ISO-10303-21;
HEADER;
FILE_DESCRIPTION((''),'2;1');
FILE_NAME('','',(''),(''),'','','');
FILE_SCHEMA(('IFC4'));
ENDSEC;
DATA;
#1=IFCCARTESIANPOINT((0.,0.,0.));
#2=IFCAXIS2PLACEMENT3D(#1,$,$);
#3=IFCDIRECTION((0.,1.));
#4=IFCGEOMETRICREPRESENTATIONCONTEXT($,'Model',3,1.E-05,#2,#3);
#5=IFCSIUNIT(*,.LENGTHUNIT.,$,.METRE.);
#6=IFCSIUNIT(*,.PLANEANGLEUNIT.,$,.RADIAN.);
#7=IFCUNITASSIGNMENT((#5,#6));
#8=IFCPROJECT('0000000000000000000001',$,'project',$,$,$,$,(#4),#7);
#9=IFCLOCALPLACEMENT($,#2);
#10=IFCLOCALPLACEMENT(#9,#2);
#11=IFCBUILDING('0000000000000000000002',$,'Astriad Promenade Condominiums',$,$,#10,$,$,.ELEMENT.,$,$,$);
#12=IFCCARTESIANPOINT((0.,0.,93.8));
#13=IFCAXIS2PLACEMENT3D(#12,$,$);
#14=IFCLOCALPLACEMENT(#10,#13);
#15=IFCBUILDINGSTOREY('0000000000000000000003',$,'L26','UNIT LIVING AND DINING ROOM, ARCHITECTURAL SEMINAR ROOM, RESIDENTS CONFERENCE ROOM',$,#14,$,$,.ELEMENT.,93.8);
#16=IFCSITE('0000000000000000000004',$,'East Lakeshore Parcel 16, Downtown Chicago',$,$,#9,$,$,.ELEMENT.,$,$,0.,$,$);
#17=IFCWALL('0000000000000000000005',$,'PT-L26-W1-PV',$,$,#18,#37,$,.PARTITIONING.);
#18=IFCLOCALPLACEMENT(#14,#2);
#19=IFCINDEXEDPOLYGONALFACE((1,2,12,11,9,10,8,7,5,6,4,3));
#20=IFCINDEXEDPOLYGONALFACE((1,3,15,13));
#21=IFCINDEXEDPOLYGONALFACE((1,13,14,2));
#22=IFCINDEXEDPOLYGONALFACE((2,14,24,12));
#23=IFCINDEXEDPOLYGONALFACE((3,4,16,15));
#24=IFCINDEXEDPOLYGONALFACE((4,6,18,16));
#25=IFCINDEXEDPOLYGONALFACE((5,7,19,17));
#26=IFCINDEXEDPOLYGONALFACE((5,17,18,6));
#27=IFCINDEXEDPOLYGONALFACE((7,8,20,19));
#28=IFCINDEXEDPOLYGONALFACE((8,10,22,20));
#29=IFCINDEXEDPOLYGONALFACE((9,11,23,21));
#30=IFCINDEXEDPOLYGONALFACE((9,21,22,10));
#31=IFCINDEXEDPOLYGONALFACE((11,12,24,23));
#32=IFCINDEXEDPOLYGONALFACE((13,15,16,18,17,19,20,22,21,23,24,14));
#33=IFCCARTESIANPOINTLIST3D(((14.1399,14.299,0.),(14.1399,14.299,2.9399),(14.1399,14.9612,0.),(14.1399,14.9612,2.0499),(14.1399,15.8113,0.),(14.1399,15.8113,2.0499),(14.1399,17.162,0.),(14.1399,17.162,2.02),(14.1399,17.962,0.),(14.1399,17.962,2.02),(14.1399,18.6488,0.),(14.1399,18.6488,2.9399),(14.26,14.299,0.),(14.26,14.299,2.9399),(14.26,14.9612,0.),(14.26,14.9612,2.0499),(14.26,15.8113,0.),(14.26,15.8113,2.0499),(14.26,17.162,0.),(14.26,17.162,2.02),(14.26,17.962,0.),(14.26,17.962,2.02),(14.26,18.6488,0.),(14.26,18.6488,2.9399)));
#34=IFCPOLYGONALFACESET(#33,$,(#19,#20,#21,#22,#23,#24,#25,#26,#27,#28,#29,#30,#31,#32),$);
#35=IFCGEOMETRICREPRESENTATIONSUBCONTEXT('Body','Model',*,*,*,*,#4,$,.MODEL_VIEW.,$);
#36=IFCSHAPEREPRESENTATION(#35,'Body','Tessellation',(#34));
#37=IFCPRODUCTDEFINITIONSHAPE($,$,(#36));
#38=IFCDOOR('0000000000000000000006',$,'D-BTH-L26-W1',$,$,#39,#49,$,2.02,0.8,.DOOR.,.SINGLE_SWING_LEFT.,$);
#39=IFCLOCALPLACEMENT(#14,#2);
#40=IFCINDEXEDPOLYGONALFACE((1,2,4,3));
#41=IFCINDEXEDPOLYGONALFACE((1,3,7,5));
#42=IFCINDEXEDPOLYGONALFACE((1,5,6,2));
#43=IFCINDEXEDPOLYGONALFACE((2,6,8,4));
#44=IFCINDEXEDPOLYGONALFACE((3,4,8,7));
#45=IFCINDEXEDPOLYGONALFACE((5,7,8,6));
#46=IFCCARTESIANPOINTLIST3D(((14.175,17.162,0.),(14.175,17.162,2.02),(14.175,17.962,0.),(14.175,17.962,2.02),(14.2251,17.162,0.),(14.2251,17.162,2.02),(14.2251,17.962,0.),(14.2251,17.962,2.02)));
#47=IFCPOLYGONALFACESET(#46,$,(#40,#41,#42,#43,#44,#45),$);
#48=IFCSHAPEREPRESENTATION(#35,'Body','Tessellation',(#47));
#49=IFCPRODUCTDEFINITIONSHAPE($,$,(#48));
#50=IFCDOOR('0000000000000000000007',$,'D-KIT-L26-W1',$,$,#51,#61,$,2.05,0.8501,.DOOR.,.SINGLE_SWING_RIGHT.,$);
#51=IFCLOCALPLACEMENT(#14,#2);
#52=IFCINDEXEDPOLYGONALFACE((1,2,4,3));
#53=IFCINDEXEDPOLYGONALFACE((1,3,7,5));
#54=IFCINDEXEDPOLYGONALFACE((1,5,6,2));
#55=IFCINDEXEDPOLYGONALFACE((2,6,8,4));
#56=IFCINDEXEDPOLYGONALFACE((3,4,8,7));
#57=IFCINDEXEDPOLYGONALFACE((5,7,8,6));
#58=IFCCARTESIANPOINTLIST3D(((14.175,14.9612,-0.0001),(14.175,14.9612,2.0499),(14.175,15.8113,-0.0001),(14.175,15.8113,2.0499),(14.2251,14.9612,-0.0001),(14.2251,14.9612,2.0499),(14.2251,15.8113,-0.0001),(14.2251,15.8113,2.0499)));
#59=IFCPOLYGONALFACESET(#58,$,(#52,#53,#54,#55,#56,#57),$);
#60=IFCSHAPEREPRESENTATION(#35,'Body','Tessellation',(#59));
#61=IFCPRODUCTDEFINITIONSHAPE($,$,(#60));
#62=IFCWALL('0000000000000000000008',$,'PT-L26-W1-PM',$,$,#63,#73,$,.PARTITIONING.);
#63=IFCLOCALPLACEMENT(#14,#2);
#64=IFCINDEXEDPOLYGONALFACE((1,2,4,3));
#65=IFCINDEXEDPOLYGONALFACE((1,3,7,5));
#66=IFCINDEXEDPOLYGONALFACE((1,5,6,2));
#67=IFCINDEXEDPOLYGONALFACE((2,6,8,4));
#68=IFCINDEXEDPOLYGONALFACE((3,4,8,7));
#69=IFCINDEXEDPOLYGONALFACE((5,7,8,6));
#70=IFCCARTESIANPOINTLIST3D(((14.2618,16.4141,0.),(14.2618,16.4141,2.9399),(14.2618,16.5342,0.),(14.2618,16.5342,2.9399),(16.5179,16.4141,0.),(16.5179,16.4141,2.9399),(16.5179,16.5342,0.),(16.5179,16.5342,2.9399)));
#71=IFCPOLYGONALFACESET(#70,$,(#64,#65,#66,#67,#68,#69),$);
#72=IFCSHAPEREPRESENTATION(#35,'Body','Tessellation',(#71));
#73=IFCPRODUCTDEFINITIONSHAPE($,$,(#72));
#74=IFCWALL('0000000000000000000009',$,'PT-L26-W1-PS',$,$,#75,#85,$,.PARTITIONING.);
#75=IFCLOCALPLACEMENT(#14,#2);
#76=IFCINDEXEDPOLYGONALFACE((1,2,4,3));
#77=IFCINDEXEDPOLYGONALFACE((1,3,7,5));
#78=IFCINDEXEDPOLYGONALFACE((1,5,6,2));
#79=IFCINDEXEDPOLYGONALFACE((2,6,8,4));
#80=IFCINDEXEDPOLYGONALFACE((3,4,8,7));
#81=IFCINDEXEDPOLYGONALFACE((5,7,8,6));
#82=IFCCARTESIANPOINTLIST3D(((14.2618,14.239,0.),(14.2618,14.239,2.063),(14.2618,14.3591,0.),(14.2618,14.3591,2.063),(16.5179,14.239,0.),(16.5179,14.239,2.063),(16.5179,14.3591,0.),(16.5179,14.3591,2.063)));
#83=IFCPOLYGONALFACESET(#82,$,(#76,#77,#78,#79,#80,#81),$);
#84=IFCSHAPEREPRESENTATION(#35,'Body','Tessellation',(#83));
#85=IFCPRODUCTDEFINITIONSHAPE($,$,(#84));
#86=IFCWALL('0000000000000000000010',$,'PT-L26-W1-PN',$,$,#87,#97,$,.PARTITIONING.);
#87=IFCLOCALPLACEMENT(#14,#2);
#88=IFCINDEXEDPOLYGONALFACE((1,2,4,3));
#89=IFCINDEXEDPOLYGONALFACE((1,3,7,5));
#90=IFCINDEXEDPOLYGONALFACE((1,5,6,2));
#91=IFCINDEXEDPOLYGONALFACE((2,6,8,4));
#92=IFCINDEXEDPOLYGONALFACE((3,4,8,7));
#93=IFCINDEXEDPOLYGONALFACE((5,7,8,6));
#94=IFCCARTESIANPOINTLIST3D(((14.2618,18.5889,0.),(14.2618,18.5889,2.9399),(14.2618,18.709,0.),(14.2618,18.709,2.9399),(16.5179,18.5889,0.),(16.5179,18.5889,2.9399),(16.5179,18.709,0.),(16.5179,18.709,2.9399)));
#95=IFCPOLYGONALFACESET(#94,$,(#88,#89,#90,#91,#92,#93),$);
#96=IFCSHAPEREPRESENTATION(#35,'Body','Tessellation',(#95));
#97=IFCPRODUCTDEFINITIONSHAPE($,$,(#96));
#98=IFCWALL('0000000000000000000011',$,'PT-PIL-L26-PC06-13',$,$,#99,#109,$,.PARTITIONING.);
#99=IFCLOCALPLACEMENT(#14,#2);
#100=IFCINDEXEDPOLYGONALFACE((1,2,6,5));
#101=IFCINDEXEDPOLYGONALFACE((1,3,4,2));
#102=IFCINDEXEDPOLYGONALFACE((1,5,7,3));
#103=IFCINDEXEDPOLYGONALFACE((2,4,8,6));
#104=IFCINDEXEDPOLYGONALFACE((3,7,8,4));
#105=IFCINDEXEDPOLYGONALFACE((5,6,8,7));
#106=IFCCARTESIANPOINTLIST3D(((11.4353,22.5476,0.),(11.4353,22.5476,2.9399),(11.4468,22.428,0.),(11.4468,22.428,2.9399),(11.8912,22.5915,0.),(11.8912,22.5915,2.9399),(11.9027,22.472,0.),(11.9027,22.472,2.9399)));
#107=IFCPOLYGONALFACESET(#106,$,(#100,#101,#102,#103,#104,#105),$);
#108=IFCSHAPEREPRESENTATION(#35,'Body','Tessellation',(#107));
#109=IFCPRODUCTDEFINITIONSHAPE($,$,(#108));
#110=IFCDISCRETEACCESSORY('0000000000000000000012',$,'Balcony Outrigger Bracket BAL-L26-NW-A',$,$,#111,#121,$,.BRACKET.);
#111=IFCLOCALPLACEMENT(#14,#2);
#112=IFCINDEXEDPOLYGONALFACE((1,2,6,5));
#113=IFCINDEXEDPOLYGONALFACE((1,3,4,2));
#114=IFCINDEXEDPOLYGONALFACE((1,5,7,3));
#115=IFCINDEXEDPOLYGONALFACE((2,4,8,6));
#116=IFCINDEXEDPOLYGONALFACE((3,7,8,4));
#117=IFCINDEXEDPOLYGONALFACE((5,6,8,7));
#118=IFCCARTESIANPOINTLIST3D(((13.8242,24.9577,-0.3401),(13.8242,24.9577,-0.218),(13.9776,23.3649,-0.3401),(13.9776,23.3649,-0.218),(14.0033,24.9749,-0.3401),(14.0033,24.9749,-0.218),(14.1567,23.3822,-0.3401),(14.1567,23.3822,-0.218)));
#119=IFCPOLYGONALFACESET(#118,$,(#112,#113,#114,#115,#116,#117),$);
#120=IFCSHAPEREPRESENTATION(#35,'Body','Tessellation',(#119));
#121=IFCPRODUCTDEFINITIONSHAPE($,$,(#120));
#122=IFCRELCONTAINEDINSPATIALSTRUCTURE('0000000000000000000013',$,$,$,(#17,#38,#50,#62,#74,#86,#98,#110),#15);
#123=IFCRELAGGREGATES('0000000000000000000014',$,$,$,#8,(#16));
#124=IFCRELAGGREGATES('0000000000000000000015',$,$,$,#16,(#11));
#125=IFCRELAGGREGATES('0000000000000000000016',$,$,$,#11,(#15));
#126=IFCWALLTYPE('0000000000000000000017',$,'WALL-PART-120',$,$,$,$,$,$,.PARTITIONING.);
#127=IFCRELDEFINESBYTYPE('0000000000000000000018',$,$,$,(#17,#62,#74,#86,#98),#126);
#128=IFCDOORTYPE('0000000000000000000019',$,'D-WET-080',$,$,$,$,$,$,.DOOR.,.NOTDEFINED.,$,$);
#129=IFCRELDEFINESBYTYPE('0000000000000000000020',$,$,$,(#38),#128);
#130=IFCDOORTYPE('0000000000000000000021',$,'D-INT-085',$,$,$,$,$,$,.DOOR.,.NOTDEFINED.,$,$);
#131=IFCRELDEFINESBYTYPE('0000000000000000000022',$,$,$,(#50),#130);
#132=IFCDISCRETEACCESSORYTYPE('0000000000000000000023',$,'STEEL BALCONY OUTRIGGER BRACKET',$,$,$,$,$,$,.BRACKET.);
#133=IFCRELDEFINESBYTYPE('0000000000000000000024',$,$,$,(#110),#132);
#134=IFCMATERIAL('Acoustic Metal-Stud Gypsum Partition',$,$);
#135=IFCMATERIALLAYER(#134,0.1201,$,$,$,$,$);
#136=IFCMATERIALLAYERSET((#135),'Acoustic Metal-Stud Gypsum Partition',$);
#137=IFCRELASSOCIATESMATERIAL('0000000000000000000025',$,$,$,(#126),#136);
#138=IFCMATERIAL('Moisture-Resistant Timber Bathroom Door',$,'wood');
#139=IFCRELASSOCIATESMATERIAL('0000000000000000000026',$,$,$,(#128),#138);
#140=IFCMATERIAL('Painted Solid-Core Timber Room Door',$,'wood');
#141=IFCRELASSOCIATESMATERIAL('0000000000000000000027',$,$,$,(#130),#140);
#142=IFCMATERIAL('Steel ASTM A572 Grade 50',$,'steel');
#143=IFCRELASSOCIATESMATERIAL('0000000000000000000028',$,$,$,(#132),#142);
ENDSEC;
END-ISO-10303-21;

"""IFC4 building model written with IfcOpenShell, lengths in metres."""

from ifc_helpers import new_model, si_unit, direction, frame, frame_2d, origin, origin_2d, place, context, subcontext, project, spatial, rectangle, extrude, source, transform, mapped, material, layer, layer_set, type_object, type_shapes, element, fill, save


model = new_model("IFC4")

# Units and contexts
model_context = context("Model", 3, precision=1e-05, world=origin(), true_north=direction((0.0, 1.0)))
body_context = subcontext(model_context, "Body", "Model", "MODEL_VIEW")
ifc_project = project(units=[si_unit("LENGTHUNIT", "METRE"), si_unit("PLANEANGLEUNIT", "RADIAN")], contexts=[model_context])

# Site, building, storey
site_placement = place(None, origin())
site = spatial("IfcSite", under=ifc_project, at=site_placement, Name="East Lakeshore Parcel 16, Downtown Chicago", CompositionType="ELEMENT", RefElevation=0.0)
building_placement = place(site_placement, origin())
building = spatial("IfcBuilding", under=site, at=building_placement, Name="Astriad Promenade Condominiums", CompositionType="ELEMENT")
storey_placement = place(building_placement, frame((0.0, 0.0, 93.8)))
storey = spatial("IfcBuildingStorey", under=building, at=storey_placement, Name="L26", Description="UNIT LIVING AND DINING ROOM, ARCHITECTURAL SEMINAR ROOM, RESIDENTS CONFERENCE ROOM", CompositionType="ELEMENT", Elevation=93.8)

# Wall, openings, doors
ifc_material_1 = material(Name="Acoustic Metal-Stud Gypsum Partition")
ifc_layer_1 = layer(ifc_material_1, 0.1201)
ifc_layer_set_1 = layer_set([ifc_layer_1], Name="Acoustic Metal-Stud Gypsum Partition")
wall_type_1 = type_object("IfcWallType", Name="WALL-PART-120", PredefinedType="PARTITIONING", material=ifc_layer_set_1)
wall_1_placement = place(storey_placement, frame((14.2, 14.2991, 0.0), z_axis=(0.0, 0.0, 1.0), x_axis=(0.0, 1.0, 0.0)))
wall_1 = element("IfcWall", 1, at=wall_1_placement, inside=storey, type_object=wall_type_1, Name="PT-L26-W1-PV", PredefinedType="PARTITIONING", context=body_context, shape_type="SweptSolid", body=[
    extrude(rectangle(XDim=4.3499, YDim=0.1201, at=frame_2d((2.1748, 0.0))), origin(), (0.0, 0.0, 1.0), 2.9399),
])
opening_1_placement = place(wall_1_placement, frame((0.6621, 0.0, 0.0)))
opening_1 = element("IfcOpeningElement", 2, at=opening_1_placement, cuts=wall_1, PredefinedType="OPENING", context=body_context, shape_type="SweptSolid", body=[
    extrude(rectangle(XDim=0.8501, YDim=2.05, at=frame_2d((0.425, 1.0249))), frame((0.0, 0.0701, 0.0), z_axis=(0.0, -1.0, 0.0), x_axis=(1.0, 0.0, 0.0)), (0.0, 0.0, 1.0), 0.1401),
])
opening_2_placement = place(wall_1_placement, frame((2.863, 0.0, 0.0)))
opening_2 = element("IfcOpeningElement", 3, at=opening_2_placement, cuts=wall_1, PredefinedType="OPENING", context=body_context, shape_type="SweptSolid", body=[
    extrude(rectangle(XDim=0.8, YDim=2.02, at=frame_2d((0.3999, 1.01))), frame((0.0, 0.0701, 0.0), z_axis=(0.0, -1.0, 0.0), x_axis=(1.0, 0.0, 0.0)), (0.0, 0.0, 1.0), 0.1401),
])
ifc_material_2 = material(Name="Moisture-Resistant Timber Bathroom Door", Category="wood")
door_type_1 = type_object("IfcDoorType", Name="D-WET-080", OperationType="NOTDEFINED", PredefinedType="DOOR", material=ifc_material_2)
shared_shape_1 = source(origin(), body_context, "Body", "SweptSolid", [
    extrude(rectangle(XDim=0.8, YDim=2.02, at=frame_2d((0.3999, 1.01))), frame((0.0, 0.0249, 0.0), z_axis=(0.0, -1.0, 0.0), x_axis=(1.0, 0.0, 0.0)), (0.0, 0.0, 1.0), 0.05),
])
type_shapes(door_type_1, [shared_shape_1])
door_1_placement = place(opening_2_placement, origin())
door_1 = element("IfcDoor", 4, at=door_1_placement, inside=storey, type_object=door_type_1, Name="D-BTH-L26-W1", OperationType="SINGLE_SWING_LEFT", OverallHeight=2.02, OverallWidth=0.8, PredefinedType="DOOR", context=body_context, shape_type="MappedRepresentation", body=[
    mapped(shared_shape_1, transform((0.0, 0.0, 0.0), scale=1.0)),
])
fill(opening_2, door_1)
ifc_material_3 = material(Name="Painted Solid-Core Timber Room Door", Category="wood")
door_type_2 = type_object("IfcDoorType", Name="D-INT-085", OperationType="NOTDEFINED", PredefinedType="DOOR", material=ifc_material_3)
shared_shape_2 = source(origin(), body_context, "Body", "SweptSolid", [
    extrude(rectangle(XDim=0.8501, YDim=2.05, at=frame_2d((0.425, 1.0249))), frame((0.0, 0.0249, 0.0), z_axis=(0.0, -1.0, 0.0), x_axis=(1.0, 0.0, 0.0)), (0.0, 0.0, 1.0), 0.05),
])
type_shapes(door_type_2, [shared_shape_2])
door_2_placement = place(opening_1_placement, origin())
door_2 = element("IfcDoor", 5, at=door_2_placement, inside=storey, type_object=door_type_2, Name="D-KIT-L26-W1", OperationType="SINGLE_SWING_RIGHT", OverallHeight=2.05, OverallWidth=0.8501, PredefinedType="DOOR", context=body_context, shape_type="MappedRepresentation", body=[
    mapped(shared_shape_2, transform((0.0, 0.0, 0.0), scale=1.0)),
])
fill(opening_1, door_2)

# Walls
wall_2_placement = place(storey_placement, frame((14.262, 16.4741, 0.0), z_axis=(0.0, 0.0, 1.0), x_axis=(1.0, 0.0, 0.0)))
element("IfcWall", 6, at=wall_2_placement, inside=storey, type_object=wall_type_1, Name="PT-L26-W1-PM", PredefinedType="PARTITIONING", context=body_context, shape_type="SweptSolid", body=[
    extrude(rectangle(XDim=2.2561, YDim=0.1201, at=frame_2d((1.1279, 0.0))), origin(), (0.0, 0.0, 1.0), 2.9399),
])
wall_3_placement = place(storey_placement, frame((14.262, 14.2991, 0.0), z_axis=(0.0, 0.0, 1.0), x_axis=(1.0, 0.0, 0.0)))
element("IfcWall", 7, at=wall_3_placement, inside=storey, type_object=wall_type_1, Name="PT-L26-W1-PS", PredefinedType="PARTITIONING", context=body_context, shape_type="SweptSolid", body=[
    extrude(rectangle(XDim=2.2561, YDim=0.1201, at=frame_2d((1.1279, 0.0))), origin(), (0.0, 0.0, 1.0), 2.063),
])
wall_4_placement = place(storey_placement, frame((14.262, 18.6489, 0.0), z_axis=(0.0, 0.0, 1.0), x_axis=(1.0, 0.0, 0.0)))
element("IfcWall", 8, at=wall_4_placement, inside=storey, type_object=wall_type_1, Name="PT-L26-W1-PN", PredefinedType="PARTITIONING", context=body_context, shape_type="SweptSolid", body=[
    extrude(rectangle(XDim=2.2561, YDim=0.1201, at=frame_2d((1.1279, 0.0))), origin(), (0.0, 0.0, 1.0), 2.9399),
])
wall_5_placement = place(storey_placement, frame((11.897, 22.5317, 0.0), z_axis=(0.0, 0.0, 1.0), x_axis=(-0.995385, -0.095966, 0.0)))
element("IfcWall", 9, at=wall_5_placement, inside=storey, type_object=wall_type_1, Name="PT-PIL-L26-PC06-13", PredefinedType="PARTITIONING", context=body_context, shape_type="SweptSolid", body=[
    extrude(rectangle(XDim=0.458, YDim=0.1201, at=frame_2d((0.229, 0.0))), origin(), (0.0, 0.0, 1.0), 2.9399),
])

# Discrete accessory
ifc_material_4 = material(Name="Steel ASTM A572 Grade 50", Category="steel")
discrete_accessory_type = type_object("IfcDiscreteAccessoryType", Name="STEEL BALCONY OUTRIGGER BRACKET", PredefinedType="BRACKET", material=ifc_material_4)
shared_shape_3 = source(origin(), body_context, "Body", "SweptSolid", [
    extrude(rectangle(XDim=1.6001, YDim=0.1799, at=origin_2d()), origin(), (0.0, 0.0, 1.0), 0.1221),
])
type_shapes(discrete_accessory_type, [shared_shape_3])
discrete_accessory_placement = place(storey_placement, frame((13.9905, 24.1699, -0.3401), z_axis=(0.0, 0.0, 1.0), x_axis=(-0.095846, 0.995396, 0.0)))
element("IfcDiscreteAccessory", 10, at=discrete_accessory_placement, inside=storey, type_object=discrete_accessory_type, Name="Balcony Outrigger Bracket BAL-L26-NW-A", PredefinedType="BRACKET", context=body_context, shape_type="MappedRepresentation", body=[
    mapped(shared_shape_3, transform((0.0, 0.0, 0.0), scale=1.0)),
])

save(model, "model.ifc")
